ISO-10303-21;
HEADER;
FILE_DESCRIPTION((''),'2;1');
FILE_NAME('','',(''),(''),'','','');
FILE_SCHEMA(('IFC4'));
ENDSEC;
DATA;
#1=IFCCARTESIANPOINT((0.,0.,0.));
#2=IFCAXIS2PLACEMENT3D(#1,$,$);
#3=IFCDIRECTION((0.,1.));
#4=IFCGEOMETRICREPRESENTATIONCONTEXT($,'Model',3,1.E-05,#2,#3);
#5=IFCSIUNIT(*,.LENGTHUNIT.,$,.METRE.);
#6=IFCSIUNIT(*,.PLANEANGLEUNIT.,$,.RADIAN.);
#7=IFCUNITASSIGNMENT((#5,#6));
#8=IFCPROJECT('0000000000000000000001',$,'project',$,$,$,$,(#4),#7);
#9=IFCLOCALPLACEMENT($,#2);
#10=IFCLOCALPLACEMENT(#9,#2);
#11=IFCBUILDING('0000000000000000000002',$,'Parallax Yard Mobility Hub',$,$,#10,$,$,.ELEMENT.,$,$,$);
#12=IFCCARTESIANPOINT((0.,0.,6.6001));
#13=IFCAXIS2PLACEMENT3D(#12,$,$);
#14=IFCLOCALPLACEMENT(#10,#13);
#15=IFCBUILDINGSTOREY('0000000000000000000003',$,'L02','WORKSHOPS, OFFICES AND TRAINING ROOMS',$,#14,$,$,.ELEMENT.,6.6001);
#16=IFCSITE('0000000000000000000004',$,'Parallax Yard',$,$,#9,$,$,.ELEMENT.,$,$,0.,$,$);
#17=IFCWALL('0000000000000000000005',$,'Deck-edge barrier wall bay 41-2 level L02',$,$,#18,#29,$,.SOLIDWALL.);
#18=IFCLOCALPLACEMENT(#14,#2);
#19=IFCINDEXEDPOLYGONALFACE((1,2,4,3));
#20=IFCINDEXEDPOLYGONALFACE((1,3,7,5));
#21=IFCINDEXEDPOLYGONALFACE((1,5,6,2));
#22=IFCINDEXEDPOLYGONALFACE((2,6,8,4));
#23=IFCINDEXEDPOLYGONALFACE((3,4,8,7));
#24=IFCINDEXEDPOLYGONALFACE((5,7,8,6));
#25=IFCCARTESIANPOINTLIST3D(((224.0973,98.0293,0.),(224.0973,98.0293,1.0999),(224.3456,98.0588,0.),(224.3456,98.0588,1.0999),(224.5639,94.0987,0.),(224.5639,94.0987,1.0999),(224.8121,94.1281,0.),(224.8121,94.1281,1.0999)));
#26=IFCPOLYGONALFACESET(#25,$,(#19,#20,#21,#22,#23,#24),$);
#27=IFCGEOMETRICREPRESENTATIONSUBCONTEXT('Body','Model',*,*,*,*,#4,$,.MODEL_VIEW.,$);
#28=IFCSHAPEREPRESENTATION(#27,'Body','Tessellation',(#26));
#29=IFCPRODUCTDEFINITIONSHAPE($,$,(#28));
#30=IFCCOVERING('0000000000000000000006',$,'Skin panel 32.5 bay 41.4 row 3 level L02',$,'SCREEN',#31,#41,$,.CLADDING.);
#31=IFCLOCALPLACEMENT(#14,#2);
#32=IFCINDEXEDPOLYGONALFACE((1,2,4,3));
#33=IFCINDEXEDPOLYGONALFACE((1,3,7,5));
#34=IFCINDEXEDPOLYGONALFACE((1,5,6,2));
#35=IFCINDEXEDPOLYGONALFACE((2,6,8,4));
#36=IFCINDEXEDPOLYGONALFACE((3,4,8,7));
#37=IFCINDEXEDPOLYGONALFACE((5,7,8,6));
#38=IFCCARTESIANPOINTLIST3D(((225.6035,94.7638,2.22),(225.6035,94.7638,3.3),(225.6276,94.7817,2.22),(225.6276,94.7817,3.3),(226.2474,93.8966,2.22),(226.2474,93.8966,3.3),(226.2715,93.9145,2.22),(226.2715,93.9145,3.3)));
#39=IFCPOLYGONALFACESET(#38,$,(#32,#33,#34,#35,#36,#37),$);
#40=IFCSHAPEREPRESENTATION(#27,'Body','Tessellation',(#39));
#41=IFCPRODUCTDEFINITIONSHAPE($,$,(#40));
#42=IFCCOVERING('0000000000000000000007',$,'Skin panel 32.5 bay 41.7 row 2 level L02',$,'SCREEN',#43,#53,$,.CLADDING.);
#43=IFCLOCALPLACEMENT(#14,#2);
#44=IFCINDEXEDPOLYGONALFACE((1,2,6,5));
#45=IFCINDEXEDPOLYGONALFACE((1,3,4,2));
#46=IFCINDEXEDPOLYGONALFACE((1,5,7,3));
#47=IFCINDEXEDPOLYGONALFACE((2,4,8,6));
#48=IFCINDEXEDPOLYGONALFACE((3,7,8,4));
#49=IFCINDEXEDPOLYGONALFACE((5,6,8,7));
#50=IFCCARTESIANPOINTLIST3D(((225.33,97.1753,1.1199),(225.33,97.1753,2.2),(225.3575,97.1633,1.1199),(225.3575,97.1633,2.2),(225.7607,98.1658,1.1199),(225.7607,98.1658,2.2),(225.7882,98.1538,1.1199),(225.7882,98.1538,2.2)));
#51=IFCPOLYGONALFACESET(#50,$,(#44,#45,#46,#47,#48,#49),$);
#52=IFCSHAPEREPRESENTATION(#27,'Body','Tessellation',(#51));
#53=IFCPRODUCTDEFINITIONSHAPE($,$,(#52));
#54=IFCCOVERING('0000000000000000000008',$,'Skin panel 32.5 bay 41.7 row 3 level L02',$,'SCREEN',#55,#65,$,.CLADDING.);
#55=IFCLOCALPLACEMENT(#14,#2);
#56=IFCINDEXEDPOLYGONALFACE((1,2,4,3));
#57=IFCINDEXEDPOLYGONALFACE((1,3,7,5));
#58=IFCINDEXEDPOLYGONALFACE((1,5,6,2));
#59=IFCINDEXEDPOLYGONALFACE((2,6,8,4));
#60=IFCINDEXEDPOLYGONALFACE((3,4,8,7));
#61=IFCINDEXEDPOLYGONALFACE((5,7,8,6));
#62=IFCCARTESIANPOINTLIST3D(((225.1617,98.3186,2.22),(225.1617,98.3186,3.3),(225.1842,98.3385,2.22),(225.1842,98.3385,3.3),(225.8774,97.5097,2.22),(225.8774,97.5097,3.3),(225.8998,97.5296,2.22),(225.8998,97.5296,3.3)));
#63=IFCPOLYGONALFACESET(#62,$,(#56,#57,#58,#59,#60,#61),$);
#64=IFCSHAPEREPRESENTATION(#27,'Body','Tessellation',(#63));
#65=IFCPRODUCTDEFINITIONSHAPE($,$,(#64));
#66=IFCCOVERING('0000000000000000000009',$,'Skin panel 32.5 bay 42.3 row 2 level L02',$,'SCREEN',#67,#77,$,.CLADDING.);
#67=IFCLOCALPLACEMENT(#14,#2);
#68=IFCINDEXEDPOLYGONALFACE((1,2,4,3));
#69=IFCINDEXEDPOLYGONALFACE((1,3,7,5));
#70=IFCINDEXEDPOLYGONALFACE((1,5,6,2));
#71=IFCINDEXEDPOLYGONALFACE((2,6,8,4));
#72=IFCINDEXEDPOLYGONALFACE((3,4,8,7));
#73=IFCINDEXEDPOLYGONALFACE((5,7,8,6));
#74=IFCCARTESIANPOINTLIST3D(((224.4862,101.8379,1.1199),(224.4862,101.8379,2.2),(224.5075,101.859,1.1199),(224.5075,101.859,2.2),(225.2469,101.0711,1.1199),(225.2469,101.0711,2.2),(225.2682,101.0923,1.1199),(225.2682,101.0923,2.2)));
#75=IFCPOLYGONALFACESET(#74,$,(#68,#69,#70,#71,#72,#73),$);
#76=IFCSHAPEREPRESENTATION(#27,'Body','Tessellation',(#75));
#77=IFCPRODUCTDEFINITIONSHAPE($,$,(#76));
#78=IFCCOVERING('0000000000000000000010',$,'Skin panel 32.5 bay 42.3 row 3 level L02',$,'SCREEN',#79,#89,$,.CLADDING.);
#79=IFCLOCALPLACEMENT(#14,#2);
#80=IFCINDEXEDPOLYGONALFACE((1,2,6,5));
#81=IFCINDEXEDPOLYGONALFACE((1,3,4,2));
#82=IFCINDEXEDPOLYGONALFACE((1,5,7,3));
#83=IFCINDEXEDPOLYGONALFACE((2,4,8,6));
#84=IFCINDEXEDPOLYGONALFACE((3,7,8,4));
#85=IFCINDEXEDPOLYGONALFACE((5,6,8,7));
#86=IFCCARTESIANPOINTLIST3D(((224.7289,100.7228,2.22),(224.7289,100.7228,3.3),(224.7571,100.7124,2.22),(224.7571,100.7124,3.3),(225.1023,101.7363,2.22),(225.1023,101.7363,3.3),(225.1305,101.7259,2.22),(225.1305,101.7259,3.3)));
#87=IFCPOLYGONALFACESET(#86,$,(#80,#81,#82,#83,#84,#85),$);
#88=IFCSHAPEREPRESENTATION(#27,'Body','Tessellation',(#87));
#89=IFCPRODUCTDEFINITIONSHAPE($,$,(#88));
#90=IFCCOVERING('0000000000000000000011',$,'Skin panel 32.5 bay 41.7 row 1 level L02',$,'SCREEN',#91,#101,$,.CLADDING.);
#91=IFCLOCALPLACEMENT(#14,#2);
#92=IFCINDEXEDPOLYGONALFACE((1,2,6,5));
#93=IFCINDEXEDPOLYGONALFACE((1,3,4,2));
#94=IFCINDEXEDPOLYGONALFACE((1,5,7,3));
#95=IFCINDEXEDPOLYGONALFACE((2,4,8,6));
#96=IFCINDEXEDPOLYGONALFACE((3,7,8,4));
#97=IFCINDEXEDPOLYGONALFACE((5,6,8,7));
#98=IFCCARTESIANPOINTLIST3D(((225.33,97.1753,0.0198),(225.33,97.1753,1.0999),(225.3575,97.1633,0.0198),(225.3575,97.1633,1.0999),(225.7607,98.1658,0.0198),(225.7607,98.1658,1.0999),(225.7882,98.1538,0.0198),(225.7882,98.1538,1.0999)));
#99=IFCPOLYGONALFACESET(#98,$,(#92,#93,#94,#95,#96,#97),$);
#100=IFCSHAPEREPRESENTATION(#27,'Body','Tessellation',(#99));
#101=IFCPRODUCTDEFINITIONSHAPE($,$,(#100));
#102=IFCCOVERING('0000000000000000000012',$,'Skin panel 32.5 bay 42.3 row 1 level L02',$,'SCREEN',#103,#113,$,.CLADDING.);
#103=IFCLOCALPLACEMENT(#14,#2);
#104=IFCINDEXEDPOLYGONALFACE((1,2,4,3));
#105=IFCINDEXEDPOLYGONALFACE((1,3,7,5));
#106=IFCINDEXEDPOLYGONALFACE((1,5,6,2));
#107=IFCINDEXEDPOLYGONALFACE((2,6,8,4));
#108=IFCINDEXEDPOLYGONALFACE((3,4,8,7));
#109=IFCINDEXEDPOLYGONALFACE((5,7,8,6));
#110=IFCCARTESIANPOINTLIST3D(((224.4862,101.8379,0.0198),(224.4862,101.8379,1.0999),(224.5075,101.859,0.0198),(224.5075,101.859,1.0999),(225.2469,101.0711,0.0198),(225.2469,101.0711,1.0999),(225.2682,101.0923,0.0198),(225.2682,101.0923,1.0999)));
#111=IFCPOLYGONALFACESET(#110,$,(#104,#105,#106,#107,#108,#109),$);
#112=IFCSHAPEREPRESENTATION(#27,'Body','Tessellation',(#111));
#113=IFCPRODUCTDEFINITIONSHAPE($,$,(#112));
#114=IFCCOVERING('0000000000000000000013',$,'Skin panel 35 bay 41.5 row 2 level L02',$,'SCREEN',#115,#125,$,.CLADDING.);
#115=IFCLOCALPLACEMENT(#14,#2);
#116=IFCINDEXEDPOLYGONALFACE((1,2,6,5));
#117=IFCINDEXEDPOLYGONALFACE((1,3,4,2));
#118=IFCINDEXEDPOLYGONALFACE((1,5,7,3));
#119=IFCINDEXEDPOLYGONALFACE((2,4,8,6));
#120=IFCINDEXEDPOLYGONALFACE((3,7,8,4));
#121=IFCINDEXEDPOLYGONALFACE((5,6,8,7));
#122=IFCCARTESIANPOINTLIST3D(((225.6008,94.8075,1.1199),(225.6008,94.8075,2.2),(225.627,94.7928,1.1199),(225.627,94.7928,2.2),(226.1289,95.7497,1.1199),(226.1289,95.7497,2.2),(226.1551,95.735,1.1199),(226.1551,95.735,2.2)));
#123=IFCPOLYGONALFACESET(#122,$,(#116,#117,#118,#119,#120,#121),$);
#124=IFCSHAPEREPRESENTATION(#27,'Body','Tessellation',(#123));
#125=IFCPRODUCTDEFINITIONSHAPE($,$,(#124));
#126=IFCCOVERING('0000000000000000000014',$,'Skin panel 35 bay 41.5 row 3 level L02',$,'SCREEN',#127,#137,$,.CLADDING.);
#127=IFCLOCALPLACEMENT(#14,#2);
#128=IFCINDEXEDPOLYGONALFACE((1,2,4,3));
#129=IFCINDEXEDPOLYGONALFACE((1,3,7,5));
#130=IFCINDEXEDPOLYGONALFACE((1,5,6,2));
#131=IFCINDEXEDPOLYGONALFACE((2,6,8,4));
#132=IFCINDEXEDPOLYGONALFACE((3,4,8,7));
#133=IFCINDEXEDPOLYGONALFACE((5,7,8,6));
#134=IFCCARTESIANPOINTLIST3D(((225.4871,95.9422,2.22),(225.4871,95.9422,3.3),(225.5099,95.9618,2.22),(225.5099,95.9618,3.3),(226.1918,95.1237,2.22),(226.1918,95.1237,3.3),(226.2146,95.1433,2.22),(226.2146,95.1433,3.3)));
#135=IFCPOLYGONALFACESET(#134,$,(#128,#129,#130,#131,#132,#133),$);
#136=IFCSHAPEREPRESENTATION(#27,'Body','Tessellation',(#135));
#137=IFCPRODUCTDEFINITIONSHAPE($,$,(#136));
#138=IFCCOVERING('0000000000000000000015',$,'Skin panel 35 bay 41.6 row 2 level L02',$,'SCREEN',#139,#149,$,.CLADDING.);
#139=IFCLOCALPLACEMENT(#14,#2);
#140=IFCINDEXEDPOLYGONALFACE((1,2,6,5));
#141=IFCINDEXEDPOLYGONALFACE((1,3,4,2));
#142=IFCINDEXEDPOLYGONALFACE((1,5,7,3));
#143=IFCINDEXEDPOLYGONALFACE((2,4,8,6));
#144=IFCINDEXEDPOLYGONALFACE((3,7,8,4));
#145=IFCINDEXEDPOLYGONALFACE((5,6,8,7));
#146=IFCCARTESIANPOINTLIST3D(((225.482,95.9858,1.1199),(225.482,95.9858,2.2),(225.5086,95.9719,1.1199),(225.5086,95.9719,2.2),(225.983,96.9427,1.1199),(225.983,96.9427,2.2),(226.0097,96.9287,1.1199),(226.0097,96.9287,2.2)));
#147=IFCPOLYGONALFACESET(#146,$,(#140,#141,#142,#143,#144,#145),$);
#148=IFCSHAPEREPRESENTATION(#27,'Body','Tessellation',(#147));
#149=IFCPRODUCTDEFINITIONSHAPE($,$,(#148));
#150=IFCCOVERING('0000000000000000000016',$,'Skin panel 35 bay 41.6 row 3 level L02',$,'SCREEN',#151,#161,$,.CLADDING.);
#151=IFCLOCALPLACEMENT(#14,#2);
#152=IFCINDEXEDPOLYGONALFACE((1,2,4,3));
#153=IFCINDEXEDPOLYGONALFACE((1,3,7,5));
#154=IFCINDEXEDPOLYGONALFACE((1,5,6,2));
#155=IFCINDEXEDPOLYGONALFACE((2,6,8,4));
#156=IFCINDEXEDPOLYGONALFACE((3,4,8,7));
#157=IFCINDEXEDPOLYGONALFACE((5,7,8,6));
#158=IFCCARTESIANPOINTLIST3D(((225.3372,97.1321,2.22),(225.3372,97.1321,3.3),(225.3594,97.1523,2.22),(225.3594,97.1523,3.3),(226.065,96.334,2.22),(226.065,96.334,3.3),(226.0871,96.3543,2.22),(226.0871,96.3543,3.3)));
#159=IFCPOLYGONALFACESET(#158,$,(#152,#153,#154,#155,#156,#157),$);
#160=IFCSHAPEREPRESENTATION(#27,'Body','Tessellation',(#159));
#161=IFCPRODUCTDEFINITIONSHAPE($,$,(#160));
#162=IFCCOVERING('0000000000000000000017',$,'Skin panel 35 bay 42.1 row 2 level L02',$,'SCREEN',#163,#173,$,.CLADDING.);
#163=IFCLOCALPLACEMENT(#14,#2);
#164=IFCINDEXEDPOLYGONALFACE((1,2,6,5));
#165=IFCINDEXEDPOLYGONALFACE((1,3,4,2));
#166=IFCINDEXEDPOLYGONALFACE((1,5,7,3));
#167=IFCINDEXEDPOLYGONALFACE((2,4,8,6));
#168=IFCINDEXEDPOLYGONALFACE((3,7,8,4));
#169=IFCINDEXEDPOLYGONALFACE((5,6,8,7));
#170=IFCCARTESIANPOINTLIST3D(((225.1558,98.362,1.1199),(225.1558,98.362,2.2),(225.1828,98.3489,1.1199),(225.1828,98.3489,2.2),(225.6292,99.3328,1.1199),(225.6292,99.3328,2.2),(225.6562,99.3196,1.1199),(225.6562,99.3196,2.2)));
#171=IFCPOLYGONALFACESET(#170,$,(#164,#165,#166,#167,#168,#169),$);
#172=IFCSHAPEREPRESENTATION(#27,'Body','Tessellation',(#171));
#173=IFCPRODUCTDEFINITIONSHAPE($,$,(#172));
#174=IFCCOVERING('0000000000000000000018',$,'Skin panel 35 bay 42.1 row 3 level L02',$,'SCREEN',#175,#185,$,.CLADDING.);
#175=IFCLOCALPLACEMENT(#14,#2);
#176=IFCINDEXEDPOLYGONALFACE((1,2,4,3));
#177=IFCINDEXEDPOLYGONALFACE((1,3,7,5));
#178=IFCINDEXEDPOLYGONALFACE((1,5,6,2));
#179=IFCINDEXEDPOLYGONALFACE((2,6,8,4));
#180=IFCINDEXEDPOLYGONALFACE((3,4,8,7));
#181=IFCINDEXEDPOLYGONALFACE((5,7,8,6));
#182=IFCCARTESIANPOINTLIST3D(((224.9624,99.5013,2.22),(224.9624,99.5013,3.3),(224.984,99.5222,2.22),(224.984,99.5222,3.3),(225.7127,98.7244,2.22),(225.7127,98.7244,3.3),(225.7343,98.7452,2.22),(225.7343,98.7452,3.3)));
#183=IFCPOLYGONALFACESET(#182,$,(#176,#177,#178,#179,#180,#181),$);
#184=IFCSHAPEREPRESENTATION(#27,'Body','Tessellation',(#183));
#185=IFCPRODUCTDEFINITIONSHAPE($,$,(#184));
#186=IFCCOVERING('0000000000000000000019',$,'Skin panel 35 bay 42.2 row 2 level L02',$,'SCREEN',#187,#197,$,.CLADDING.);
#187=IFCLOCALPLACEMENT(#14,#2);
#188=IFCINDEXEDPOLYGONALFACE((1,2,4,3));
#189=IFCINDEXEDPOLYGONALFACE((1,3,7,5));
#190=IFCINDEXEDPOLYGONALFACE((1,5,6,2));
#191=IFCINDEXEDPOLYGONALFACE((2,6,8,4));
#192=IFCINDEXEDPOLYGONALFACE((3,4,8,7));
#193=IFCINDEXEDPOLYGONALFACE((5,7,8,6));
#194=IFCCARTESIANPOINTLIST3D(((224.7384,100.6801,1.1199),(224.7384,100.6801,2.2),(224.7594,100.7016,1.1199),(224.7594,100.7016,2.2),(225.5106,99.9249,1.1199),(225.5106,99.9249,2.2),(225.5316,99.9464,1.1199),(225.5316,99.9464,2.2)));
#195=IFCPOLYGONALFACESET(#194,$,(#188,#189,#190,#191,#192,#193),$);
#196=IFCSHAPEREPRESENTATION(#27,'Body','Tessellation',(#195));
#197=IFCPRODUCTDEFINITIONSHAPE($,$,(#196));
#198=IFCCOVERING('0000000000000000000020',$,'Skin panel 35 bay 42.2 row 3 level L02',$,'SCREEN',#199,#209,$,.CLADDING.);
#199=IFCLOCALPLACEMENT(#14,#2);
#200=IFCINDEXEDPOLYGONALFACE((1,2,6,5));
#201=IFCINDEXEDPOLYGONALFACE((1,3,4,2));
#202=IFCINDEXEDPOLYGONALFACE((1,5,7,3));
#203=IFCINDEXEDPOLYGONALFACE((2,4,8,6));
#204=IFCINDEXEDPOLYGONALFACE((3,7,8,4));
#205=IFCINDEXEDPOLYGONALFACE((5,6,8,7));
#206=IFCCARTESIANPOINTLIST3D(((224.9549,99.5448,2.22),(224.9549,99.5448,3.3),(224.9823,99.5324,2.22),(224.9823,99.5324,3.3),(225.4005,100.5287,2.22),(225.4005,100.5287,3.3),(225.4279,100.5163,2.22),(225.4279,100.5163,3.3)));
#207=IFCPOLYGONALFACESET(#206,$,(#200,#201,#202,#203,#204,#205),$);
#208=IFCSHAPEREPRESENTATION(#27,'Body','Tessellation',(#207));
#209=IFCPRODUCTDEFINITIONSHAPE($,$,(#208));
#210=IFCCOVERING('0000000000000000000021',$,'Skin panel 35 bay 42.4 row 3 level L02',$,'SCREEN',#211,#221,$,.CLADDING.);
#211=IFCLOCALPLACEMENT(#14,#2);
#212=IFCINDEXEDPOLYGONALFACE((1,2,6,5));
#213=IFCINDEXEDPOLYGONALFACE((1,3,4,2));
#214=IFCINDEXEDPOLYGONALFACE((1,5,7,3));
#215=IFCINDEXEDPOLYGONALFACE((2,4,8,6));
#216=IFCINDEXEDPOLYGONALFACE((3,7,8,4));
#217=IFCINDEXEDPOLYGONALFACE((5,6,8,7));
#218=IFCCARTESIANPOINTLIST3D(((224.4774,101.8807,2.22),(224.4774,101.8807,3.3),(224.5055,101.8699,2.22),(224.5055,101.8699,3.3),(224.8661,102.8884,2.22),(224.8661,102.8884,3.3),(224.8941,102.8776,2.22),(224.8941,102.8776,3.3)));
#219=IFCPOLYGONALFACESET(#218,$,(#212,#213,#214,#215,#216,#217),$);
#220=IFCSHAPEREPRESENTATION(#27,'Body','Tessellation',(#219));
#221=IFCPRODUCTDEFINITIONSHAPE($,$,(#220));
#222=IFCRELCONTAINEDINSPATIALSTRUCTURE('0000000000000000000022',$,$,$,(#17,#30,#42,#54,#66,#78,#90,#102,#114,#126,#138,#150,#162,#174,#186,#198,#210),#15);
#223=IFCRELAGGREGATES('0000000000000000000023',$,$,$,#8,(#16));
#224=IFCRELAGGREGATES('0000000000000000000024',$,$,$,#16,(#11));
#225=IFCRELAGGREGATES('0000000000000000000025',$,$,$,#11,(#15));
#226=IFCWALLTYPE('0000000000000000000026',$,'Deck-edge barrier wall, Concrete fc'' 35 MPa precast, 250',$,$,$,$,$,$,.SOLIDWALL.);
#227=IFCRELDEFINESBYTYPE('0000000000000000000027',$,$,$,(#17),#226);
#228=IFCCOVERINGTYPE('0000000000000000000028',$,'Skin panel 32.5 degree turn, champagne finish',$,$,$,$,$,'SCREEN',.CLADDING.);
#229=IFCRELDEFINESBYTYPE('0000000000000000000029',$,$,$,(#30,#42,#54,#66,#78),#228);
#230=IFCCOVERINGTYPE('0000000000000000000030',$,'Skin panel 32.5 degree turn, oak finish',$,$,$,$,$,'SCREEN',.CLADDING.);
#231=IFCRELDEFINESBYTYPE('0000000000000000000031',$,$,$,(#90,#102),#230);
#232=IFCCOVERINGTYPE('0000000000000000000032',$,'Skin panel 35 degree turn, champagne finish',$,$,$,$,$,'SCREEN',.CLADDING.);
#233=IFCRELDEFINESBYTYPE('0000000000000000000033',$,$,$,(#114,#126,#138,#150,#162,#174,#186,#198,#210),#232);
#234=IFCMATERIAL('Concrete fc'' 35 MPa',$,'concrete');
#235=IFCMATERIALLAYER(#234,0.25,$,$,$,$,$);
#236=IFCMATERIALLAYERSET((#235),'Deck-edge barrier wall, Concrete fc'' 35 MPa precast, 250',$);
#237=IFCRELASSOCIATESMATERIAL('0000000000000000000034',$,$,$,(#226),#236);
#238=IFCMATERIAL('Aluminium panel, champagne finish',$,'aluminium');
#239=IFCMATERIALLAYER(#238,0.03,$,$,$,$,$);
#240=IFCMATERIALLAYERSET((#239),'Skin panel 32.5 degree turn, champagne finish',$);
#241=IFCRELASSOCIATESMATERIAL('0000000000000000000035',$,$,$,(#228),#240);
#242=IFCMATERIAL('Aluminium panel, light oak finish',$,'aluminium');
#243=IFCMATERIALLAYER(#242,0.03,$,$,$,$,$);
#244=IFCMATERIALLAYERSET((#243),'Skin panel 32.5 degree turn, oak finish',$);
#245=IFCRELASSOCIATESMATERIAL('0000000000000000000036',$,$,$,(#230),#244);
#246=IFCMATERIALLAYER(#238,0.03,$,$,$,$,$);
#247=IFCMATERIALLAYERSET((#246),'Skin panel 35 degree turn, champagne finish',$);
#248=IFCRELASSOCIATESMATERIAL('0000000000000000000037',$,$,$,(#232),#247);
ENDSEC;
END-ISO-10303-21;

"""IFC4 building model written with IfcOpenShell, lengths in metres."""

from ifc_helpers import new_model, si_unit, direction, frame, frame_2d, origin, origin_2d, place, context, subcontext, project, spatial, rectangle, extrude, material, layer, layer_set, type_object, element, save


model = new_model("IFC4")

# Units and contexts
model_context = context("Model", 3, precision=1e-05, world=origin(), true_north=direction((0.0, 1.0)))
body_context = subcontext(model_context, "Body", "Model", "MODEL_VIEW")
ifc_project = project(units=[si_unit("LENGTHUNIT", "METRE"), si_unit("PLANEANGLEUNIT", "RADIAN")], contexts=[model_context])

# Site, building, storey
site_placement = place(None, origin())
site = spatial("IfcSite", under=ifc_project, at=site_placement, Name="Parallax Yard", CompositionType="ELEMENT", RefElevation=0.0)
building_placement = place(site_placement, origin())
building = spatial("IfcBuilding", under=site, at=building_placement, Name="Parallax Yard Mobility Hub", CompositionType="ELEMENT")
storey_placement = place(building_placement, frame((0.0, 0.0, 6.6001)))
storey = spatial("IfcBuildingStorey", under=building, at=storey_placement, Name="L02", Description="WORKSHOPS, OFFICES AND TRAINING ROOMS", CompositionType="ELEMENT", Elevation=6.6001)

# Wall
ifc_material_1 = material(Name="Concrete fc' 35 MPa", Category="concrete")
ifc_layer_1 = layer(ifc_material_1, 0.25)
ifc_layer_set_1 = layer_set([ifc_layer_1], Name="Deck-edge barrier wall, Concrete fc' 35 MPa precast, 250")
wall_type = type_object("IfcWallType", Name="Deck-edge barrier wall, Concrete fc' 35 MPa precast, 250", PredefinedType="SOLIDWALL", material=ifc_layer_set_1)
wall_placement = place(storey_placement, frame((224.688, 94.1135, 0.0), z_axis=(0.0, 0.0, 1.0), x_axis=(-0.117868, 0.993029, 0.0)))
element("IfcWall", 1, at=wall_placement, inside=storey, type_object=wall_type, Name="Deck-edge barrier wall bay 41-2 level L02", PredefinedType="SOLIDWALL", context=body_context, shape_type="SweptSolid", body=[
    extrude(rectangle(XDim=3.9583, YDim=0.25, at=frame_2d((1.979, 0.0))), origin(), (0.0, 0.0, 1.0), 1.0999),
])

# Coverings
ifc_material_2 = material(Name="Aluminium panel, champagne finish", Category="aluminium")
ifc_layer_2 = layer(ifc_material_2, 0.03)
ifc_layer_set_2 = layer_set([ifc_layer_2], Name="Skin panel 32.5 degree turn, champagne finish")
covering_type_1 = type_object("IfcCoveringType", Name="Skin panel 32.5 degree turn, champagne finish", ElementType="SCREEN", PredefinedType="CLADDING", material=ifc_layer_set_2)
for number, where, z_axis, x_axis, name in (
    (2, (225.9375, 94.3391, 2.22), (0.0, 0.0, 1.0), (0.596097, -0.802912, 0.0), "Skin panel 32.5 bay 41.4 row 3 level L02"),
    (3, (225.5591, 97.6646, 1.1199), (0.0, 0.0, 1.0), (0.398749, 0.91706, 0.0), "Skin panel 32.5 bay 41.7 row 2 level L02"),
    (4, (225.5308, 97.9241, 2.22), (0.0, 0.0, 1.0), (0.66262, -0.748956, 0.0), "Skin panel 32.5 bay 41.7 row 3 level L02"),
    (5, (224.8772, 101.4651, 1.1199), (0.0, 0.0, 1.0), (0.704296, -0.709906, 0.0), "Skin panel 32.5 bay 42.3 row 2 level L02"),
    (6, (224.9297, 101.2244, 2.22), (0.0, 0.0, 1.0), (0.345745, 0.938328, 0.0), "Skin panel 32.5 bay 42.3 row 3 level L02"),
):
    element("IfcCovering", number, at=place(storey_placement, frame(where, z_axis=z_axis, x_axis=x_axis)), inside=storey, type_object=covering_type_1, Name=name, ObjectType="SCREEN", PredefinedType="CLADDING", context=body_context, shape_type="SweptSolid", body=[
        extrude(rectangle(XDim=1.0801, YDim=0.03, at=origin_2d()), origin(), (0.0, 0.0, 1.0), 1.0801),
    ])
ifc_material_3 = material(Name="Aluminium panel, light oak finish", Category="aluminium")
ifc_layer_3 = layer(ifc_material_3, 0.03)
ifc_layer_set_3 = layer_set([ifc_layer_3], Name="Skin panel 32.5 degree turn, oak finish")
covering_type_2 = type_object("IfcCoveringType", Name="Skin panel 32.5 degree turn, oak finish", ElementType="SCREEN", PredefinedType="CLADDING", material=ifc_layer_set_3)
for number, where, z_axis, x_axis, name in (
    (7, (225.5591, 97.6646, 0.0198), (0.0, 0.0, 1.0), (0.398749, 0.91706, 0.0), "Skin panel 32.5 bay 41.7 row 1 level L02"),
    (8, (224.8772, 101.4651, 0.0198), (0.0, 0.0, 1.0), (0.704296, -0.709906, 0.0), "Skin panel 32.5 bay 42.3 row 1 level L02"),
):
    element("IfcCovering", number, at=place(storey_placement, frame(where, z_axis=z_axis, x_axis=x_axis)), inside=storey, type_object=covering_type_2, Name=name, ObjectType="SCREEN", PredefinedType="CLADDING", context=body_context, shape_type="SweptSolid", body=[
        extrude(rectangle(XDim=1.0801, YDim=0.03, at=origin_2d()), origin(), (0.0, 0.0, 1.0), 1.0801),
    ])
ifc_layer_4 = layer(ifc_material_2, 0.03)
ifc_layer_set_4 = layer_set([ifc_layer_4], Name="Skin panel 35 degree turn, champagne finish")
covering_type_3 = type_object("IfcCoveringType", Name="Skin panel 35 degree turn, champagne finish", ElementType="SCREEN", PredefinedType="CLADDING", material=ifc_layer_set_4)
for number, where, z_axis, x_axis, name in (
    (9, (225.8779, 95.2712, 1.1199), (0.0, 0.0, 1.0), (0.488967, 0.872302, 0.0), "Skin panel 35 bay 41.5 row 2 level L02"),
    (10, (225.8508, 95.5427, 2.22), (0.0, 0.0, 1.0), (0.65246, -0.757824, 0.0), "Skin panel 35 bay 41.5 row 3 level L02"),
    (11, (225.7458, 96.4573, 1.1199), (0.0, 0.0, 1.0), (0.463859, 0.885909, 0.0), "Skin panel 35 bay 41.6 row 2 level L02"),
    (12, (225.7122, 96.7432, 2.22), (0.0, 0.0, 1.0), (0.673833, -0.738884, 0.0), "Skin panel 35 bay 41.6 row 3 level L02"),
    (13, (225.406, 98.8408, 1.1199), (0.0, 0.0, 1.0), (0.438371, 0.898794, 0.0), "Skin panel 35 bay 42.1 row 2 level L02"),
    (14, (225.3484, 99.1233, 2.22), (0.0, 0.0, 1.0), (0.694658, -0.71934, 0.0), "Skin panel 35 bay 42.1 row 3 level L02"),
    (15, (225.135, 100.3132, 1.1199), (0.0, 0.0, 1.0), (0.714917, -0.699209, 0.0), "Skin panel 35 bay 42.2 row 2 level L02"),
    (16, (225.1914, 100.0305, 2.22), (0.0, 0.0, 1.0), (0.412526, 0.910946, 0.0), "Skin panel 35 bay 42.2 row 3 level L02"),
    (17, (224.6858, 102.3792, 2.22), (0.0, 0.0, 1.0), (0.359849, 0.933011, 0.0), "Skin panel 35 bay 42.4 row 3 level L02"),
):
    element("IfcCovering", number, at=place(storey_placement, frame(where, z_axis=z_axis, x_axis=x_axis)), inside=storey, type_object=covering_type_3, Name=name, ObjectType="SCREEN", PredefinedType="CLADDING", context=body_context, shape_type="SweptSolid", body=[
        extrude(rectangle(XDim=1.0801, YDim=0.03, at=origin_2d()), origin(), (0.0, 0.0, 1.0), 1.0801),
    ])

save(model, "model.ifc")
